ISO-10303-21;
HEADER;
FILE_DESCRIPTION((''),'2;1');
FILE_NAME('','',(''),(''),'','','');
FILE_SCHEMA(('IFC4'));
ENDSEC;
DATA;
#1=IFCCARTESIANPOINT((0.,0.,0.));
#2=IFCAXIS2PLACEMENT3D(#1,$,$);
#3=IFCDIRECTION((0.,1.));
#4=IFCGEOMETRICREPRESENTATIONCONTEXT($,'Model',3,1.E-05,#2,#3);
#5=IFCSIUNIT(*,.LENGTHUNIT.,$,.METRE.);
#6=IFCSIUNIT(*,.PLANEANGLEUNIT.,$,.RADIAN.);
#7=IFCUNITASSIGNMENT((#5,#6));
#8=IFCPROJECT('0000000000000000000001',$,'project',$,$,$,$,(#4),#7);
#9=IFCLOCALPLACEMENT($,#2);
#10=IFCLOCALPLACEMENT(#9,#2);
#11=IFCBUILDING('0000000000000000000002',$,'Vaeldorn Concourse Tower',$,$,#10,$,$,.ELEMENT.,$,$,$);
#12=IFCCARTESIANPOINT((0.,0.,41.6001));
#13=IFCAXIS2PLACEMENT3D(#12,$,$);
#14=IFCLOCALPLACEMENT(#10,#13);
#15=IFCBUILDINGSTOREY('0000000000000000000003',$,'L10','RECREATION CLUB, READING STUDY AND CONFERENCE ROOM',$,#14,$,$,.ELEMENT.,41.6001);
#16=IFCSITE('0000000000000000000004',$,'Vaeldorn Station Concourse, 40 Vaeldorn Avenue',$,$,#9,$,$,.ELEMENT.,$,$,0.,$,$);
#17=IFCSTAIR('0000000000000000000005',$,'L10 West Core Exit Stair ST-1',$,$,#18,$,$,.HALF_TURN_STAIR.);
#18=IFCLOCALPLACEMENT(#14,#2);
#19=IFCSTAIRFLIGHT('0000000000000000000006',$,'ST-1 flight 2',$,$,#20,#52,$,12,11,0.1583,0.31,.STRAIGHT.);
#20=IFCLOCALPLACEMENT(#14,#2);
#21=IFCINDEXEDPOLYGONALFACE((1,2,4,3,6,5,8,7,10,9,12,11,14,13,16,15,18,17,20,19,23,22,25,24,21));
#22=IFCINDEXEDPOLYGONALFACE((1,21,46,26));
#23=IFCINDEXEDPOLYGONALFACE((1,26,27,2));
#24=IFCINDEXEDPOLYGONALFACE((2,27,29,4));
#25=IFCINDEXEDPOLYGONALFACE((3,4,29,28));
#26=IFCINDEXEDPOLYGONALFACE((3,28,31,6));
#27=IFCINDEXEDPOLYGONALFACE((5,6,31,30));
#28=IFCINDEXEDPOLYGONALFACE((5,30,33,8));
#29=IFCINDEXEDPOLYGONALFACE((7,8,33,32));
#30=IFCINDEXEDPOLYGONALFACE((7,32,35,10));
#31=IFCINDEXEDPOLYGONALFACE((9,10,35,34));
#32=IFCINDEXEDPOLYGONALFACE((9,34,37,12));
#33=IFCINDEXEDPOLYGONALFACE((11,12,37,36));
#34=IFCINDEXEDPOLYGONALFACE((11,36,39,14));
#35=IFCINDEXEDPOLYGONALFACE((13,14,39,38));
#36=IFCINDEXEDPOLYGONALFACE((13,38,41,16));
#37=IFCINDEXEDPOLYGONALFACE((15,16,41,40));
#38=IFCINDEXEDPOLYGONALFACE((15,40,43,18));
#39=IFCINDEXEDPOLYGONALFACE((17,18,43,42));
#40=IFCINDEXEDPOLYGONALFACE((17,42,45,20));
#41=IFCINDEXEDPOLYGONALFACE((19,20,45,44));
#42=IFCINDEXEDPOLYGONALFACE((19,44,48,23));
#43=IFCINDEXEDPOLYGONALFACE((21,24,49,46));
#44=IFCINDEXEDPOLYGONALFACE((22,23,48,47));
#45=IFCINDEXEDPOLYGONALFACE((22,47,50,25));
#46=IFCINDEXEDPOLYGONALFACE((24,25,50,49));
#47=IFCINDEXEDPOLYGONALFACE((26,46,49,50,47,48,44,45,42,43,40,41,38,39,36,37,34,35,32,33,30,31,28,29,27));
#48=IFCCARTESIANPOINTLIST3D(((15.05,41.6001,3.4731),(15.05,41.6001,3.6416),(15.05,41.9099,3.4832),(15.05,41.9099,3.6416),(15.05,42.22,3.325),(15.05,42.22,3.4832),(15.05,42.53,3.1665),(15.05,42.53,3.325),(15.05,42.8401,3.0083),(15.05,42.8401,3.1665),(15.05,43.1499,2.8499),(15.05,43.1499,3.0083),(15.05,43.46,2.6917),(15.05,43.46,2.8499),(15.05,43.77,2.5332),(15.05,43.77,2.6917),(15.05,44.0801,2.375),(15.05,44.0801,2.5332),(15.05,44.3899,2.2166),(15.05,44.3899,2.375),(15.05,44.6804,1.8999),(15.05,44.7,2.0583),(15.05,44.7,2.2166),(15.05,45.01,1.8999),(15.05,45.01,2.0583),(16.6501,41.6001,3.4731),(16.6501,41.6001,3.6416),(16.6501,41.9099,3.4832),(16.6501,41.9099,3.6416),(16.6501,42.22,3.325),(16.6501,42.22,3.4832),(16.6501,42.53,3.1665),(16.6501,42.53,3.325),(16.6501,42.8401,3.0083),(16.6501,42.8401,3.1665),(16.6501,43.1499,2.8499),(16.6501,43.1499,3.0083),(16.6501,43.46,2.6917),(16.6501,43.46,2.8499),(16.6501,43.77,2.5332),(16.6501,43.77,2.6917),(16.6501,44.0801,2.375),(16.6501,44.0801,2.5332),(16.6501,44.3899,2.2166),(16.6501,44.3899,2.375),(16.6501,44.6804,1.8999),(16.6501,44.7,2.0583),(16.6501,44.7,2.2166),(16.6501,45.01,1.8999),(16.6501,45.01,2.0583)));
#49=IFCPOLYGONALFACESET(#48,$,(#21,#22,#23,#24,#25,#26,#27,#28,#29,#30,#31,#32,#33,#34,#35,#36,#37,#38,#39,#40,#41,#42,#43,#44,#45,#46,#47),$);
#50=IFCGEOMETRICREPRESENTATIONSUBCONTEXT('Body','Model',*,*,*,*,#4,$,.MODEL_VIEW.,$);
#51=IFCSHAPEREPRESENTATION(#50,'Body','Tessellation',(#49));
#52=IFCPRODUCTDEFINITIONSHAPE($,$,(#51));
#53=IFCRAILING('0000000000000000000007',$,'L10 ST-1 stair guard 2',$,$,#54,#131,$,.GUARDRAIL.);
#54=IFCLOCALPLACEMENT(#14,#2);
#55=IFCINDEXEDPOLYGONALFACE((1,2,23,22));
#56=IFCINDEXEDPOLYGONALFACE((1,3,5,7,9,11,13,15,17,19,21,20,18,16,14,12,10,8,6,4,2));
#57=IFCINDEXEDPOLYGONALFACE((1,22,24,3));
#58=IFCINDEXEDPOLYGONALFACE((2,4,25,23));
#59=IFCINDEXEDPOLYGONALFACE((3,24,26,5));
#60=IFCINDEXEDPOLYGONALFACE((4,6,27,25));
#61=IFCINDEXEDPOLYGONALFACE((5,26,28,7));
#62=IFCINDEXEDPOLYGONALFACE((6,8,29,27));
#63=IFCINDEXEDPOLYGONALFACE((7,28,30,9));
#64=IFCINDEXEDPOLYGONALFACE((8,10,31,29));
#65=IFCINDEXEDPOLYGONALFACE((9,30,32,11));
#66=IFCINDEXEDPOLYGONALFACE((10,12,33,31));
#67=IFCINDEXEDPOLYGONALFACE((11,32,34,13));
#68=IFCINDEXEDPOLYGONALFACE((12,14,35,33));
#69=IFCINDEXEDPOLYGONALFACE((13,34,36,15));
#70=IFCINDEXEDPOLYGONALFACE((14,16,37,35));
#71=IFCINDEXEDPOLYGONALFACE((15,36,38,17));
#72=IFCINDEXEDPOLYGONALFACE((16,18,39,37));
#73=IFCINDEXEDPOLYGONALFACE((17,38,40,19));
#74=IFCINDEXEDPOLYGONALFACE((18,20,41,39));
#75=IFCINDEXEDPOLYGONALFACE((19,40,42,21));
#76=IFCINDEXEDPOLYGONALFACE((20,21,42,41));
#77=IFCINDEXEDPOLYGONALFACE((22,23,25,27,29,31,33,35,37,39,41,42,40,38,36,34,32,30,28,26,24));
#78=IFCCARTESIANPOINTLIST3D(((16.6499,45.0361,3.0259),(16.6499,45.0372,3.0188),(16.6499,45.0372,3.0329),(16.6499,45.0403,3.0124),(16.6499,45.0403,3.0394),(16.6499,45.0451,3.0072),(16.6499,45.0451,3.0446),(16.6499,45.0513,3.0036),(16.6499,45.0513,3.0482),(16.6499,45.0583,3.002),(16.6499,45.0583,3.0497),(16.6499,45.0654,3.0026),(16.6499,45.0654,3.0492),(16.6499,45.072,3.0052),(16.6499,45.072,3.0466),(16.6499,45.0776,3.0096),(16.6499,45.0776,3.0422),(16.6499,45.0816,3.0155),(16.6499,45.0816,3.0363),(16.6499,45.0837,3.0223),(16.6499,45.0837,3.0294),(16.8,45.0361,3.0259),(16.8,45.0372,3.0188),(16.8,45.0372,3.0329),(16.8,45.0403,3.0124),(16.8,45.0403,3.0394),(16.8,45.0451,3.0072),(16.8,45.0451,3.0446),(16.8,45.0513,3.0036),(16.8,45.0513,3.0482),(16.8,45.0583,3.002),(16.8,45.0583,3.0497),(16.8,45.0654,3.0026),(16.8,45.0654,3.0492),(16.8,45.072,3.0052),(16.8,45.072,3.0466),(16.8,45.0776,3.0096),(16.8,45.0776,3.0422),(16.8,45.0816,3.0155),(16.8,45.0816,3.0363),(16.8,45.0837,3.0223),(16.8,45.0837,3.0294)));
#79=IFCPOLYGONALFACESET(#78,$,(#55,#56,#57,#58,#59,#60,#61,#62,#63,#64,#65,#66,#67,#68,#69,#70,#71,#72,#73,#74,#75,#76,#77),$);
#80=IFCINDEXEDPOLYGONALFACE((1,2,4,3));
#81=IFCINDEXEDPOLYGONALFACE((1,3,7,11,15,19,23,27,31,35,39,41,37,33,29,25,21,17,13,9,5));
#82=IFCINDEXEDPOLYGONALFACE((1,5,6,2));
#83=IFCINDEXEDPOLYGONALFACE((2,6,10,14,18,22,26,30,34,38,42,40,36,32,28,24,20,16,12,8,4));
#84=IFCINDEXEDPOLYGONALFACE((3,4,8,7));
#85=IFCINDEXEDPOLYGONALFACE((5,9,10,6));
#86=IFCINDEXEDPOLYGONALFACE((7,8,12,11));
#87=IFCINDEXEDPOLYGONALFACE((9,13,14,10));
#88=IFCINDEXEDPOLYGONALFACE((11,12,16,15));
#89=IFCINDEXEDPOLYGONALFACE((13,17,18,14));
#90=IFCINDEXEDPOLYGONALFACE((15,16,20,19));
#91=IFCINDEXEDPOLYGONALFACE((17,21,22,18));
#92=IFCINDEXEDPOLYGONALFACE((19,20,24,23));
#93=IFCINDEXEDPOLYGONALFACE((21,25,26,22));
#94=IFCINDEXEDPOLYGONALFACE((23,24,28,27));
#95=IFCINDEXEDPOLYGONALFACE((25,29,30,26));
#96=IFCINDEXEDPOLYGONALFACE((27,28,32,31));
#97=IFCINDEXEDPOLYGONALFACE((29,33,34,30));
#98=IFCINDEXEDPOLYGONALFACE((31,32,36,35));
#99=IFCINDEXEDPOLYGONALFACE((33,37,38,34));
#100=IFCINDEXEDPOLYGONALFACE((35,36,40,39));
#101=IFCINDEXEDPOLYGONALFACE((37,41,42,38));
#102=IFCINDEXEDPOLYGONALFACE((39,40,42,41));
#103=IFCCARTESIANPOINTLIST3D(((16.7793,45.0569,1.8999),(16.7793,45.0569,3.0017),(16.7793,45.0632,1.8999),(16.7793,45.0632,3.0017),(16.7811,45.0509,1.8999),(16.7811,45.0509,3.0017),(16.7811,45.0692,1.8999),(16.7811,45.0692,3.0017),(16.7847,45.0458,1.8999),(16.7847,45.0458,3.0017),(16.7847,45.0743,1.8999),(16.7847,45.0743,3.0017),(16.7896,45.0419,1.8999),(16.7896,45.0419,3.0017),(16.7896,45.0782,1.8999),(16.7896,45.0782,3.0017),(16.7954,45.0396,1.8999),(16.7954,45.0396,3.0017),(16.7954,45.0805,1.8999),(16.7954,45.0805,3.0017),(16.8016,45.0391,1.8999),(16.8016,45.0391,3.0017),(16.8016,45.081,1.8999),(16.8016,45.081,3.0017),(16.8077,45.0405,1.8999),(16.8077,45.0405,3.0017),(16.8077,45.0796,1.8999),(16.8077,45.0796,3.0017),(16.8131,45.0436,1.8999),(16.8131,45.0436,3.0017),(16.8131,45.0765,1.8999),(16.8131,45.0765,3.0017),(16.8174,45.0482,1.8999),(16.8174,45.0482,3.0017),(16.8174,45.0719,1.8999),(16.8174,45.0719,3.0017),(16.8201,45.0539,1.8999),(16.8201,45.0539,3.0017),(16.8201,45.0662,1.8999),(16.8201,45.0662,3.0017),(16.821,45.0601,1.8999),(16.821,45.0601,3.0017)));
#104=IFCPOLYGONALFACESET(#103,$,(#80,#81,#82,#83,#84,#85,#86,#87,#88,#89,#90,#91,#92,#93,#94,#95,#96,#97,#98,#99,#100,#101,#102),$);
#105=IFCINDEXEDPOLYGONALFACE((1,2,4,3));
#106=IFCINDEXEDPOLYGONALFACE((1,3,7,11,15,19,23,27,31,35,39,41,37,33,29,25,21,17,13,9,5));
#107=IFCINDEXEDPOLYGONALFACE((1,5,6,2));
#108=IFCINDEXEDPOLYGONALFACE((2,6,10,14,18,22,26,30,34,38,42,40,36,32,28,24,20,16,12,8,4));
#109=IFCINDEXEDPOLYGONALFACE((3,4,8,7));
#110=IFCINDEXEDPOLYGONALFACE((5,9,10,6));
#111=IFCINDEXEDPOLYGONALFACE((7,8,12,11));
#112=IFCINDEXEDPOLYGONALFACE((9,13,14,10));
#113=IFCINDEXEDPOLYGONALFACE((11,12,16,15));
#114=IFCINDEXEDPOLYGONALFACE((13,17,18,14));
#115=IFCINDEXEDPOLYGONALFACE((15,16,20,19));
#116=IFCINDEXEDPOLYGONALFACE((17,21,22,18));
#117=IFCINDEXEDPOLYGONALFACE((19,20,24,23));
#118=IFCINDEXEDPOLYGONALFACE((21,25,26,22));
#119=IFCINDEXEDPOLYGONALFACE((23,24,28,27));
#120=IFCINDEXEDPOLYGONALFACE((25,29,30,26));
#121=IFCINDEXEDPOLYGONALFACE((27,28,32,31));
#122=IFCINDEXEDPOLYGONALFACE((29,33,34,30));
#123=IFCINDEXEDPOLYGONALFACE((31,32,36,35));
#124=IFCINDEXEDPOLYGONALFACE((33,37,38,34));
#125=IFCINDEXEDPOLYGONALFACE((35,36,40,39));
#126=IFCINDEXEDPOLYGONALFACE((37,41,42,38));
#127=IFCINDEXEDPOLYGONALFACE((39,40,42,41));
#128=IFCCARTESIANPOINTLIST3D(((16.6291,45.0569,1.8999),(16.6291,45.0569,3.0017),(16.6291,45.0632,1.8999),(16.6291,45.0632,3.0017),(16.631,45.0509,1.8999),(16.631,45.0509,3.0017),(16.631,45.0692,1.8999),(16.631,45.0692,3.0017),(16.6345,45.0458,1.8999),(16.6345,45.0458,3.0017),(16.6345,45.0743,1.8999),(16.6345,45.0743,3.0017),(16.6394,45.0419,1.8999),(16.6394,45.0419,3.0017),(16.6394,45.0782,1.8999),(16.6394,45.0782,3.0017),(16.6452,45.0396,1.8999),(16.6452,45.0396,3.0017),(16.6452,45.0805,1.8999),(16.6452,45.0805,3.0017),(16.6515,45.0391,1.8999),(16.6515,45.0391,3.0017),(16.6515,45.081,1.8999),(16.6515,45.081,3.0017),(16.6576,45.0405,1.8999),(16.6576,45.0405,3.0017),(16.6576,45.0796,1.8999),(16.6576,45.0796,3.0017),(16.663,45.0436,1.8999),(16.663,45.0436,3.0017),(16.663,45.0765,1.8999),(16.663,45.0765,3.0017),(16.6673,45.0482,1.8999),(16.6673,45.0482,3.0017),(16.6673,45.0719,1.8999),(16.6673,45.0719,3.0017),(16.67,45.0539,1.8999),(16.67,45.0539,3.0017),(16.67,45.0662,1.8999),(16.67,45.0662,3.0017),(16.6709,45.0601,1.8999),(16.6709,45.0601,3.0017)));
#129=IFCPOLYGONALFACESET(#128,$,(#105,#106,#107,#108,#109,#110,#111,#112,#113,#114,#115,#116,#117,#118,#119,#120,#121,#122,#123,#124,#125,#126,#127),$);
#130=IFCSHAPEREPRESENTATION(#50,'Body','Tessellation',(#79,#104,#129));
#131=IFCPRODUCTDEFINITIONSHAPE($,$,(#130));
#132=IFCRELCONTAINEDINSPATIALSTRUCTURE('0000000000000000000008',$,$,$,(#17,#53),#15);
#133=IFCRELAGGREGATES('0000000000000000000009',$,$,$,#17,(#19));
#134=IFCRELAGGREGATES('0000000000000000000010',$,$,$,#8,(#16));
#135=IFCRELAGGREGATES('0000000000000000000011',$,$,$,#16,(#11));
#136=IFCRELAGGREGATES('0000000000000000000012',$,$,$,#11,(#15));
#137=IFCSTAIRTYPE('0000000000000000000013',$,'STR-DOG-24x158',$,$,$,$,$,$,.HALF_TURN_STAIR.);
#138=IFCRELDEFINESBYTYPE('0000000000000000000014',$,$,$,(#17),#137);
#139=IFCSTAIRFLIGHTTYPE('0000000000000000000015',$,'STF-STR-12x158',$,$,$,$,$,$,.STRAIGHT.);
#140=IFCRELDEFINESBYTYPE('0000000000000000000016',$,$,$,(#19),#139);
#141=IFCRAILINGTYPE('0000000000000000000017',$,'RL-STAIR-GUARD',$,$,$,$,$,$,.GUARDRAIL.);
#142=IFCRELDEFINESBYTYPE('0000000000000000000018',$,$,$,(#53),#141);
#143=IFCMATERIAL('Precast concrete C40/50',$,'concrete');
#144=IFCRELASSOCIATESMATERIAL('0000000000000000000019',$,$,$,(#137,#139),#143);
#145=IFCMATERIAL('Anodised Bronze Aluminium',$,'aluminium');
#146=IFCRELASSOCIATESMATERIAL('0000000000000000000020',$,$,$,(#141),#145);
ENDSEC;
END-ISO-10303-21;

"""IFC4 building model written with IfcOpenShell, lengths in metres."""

from ifc_helpers import new_model, si_unit, direction, frame, origin, origin_2d, place, context, subcontext, project, spatial, polyline, circle, outline, extrude, material, type_object, element, aggregate, save


model = new_model("IFC4")

# Units and contexts
model_context = context("Model", 3, precision=1e-05, world=origin(), true_north=direction((0.0, 1.0)))
body_context = subcontext(model_context, "Body", "Model", "MODEL_VIEW")
ifc_project = project(units=[si_unit("LENGTHUNIT", "METRE"), si_unit("PLANEANGLEUNIT", "RADIAN")], contexts=[model_context])

# Site, building, storey
site_placement = place(None, origin())
site = spatial("IfcSite", under=ifc_project, at=site_placement, Name="Vaeldorn Station Concourse, 40 Vaeldorn Avenue", CompositionType="ELEMENT", RefElevation=0.0)
building_placement = place(site_placement, origin())
building = spatial("IfcBuilding", under=site, at=building_placement, Name="Vaeldorn Concourse Tower", CompositionType="ELEMENT")
storey_placement = place(building_placement, frame((0.0, 0.0, 41.6001)))
storey = spatial("IfcBuildingStorey", under=building, at=storey_placement, Name="L10", Description="RECREATION CLUB, READING STUDY AND CONFERENCE ROOM", CompositionType="ELEMENT", Elevation=41.6001)

# Shared definitions
ifc_material_1 = material(Name="Anodised Bronze Aluminium", Category="aluminium")

# Stair, stair flight
ifc_material_2 = material(Name="Precast concrete C40/50", Category="concrete")
stair_type = type_object("IfcStairType", Name="STR-DOG-24x158", PredefinedType="HALF_TURN_STAIR", material=ifc_material_2)
stair_placement = place(storey_placement, origin())
stair = element("IfcStair", 1, at=stair_placement, inside=storey, type_object=stair_type, Name="L10 West Core Exit Stair ST-1", PredefinedType="HALF_TURN_STAIR")
stair_flight_type = type_object("IfcStairFlightType", Name="STF-STR-12x158", PredefinedType="STRAIGHT", material=ifc_material_2)
stair_flight_placement = place(storey_placement, frame((15.8501, 45.01, 1.8999), z_axis=(0.0, 0.0, 1.0), x_axis=(0.0, -1.0, 0.0)))
stair_flight = element("IfcStairFlight", 2, at=stair_flight_placement, type_object=stair_flight_type, Name="ST-1 flight 2", NumberOfRisers=12, NumberOfTreads=11, PredefinedType="STRAIGHT", RiserHeight=0.1583, TreadLength=0.31, context=body_context, shape_type="SweptSolid", body=[
    extrude(outline(polyline([(0.0, 0.0), (0.0, 0.1584), (0.3101, 0.1584), (0.3101, 0.3167), (0.6201, 0.3167), (0.6201, 0.4751), (0.9299, 0.4751), (0.9299, 0.6333), (1.24, 0.6333), (1.24, 0.7917), (1.55, 0.7917), (1.55, 0.95), (1.8601, 0.95), (1.8601, 1.1084), (2.1699, 1.1084), (2.1699, 1.2666), (2.48, 1.2666), (2.48, 1.425), (2.79, 1.425), (2.79, 1.5833), (3.1001, 1.5833), (3.1001, 1.7417), (3.4099, 1.7417), (3.4099, 1.8999), (3.4099, 1.5732), (0.3296, 0.0), (0.0, 0.0)])), frame((0.0, 0.8, 0.0), z_axis=(0.0, -1.0, 0.0), x_axis=(1.0, 0.0, 0.0)), (0.0, 0.0, 1.0), 1.6001),
])
aggregate(stair, [stair_flight])

# Railing
railing_type_1 = type_object("IfcRailingType", Name="RL-STAIR-GUARD", PredefinedType="GUARDRAIL", material=ifc_material_1)
railing_1_placement = place(storey_placement, frame((16.8, 45.0601, 1.8999)))
element("IfcRailing", 3, at=railing_1_placement, inside=storey, type_object=railing_type_1, Name="L10 ST-1 stair guard 2", PredefinedType="GUARDRAIL", context=body_context, shape_type="SweptSolid", body=[
    extrude(circle(Radius=0.0239, at=origin_2d()), frame((0.0, 0.0, 1.126), z_axis=(-1.0, 0.0, 0.0), x_axis=(0.0, -1.0, 0.0)), (0.0, 0.0, 1.0), 0.1501),
    extrude(circle(Radius=0.021, at=origin_2d()), origin(), (0.0, 0.0, 1.0), 1.1018),
    extrude(circle(Radius=0.021, at=origin_2d()), frame((-0.1501, 0.0, 0.0)), (0.0, 0.0, 1.0), 1.1018),
])

save(model, "model.ifc")
